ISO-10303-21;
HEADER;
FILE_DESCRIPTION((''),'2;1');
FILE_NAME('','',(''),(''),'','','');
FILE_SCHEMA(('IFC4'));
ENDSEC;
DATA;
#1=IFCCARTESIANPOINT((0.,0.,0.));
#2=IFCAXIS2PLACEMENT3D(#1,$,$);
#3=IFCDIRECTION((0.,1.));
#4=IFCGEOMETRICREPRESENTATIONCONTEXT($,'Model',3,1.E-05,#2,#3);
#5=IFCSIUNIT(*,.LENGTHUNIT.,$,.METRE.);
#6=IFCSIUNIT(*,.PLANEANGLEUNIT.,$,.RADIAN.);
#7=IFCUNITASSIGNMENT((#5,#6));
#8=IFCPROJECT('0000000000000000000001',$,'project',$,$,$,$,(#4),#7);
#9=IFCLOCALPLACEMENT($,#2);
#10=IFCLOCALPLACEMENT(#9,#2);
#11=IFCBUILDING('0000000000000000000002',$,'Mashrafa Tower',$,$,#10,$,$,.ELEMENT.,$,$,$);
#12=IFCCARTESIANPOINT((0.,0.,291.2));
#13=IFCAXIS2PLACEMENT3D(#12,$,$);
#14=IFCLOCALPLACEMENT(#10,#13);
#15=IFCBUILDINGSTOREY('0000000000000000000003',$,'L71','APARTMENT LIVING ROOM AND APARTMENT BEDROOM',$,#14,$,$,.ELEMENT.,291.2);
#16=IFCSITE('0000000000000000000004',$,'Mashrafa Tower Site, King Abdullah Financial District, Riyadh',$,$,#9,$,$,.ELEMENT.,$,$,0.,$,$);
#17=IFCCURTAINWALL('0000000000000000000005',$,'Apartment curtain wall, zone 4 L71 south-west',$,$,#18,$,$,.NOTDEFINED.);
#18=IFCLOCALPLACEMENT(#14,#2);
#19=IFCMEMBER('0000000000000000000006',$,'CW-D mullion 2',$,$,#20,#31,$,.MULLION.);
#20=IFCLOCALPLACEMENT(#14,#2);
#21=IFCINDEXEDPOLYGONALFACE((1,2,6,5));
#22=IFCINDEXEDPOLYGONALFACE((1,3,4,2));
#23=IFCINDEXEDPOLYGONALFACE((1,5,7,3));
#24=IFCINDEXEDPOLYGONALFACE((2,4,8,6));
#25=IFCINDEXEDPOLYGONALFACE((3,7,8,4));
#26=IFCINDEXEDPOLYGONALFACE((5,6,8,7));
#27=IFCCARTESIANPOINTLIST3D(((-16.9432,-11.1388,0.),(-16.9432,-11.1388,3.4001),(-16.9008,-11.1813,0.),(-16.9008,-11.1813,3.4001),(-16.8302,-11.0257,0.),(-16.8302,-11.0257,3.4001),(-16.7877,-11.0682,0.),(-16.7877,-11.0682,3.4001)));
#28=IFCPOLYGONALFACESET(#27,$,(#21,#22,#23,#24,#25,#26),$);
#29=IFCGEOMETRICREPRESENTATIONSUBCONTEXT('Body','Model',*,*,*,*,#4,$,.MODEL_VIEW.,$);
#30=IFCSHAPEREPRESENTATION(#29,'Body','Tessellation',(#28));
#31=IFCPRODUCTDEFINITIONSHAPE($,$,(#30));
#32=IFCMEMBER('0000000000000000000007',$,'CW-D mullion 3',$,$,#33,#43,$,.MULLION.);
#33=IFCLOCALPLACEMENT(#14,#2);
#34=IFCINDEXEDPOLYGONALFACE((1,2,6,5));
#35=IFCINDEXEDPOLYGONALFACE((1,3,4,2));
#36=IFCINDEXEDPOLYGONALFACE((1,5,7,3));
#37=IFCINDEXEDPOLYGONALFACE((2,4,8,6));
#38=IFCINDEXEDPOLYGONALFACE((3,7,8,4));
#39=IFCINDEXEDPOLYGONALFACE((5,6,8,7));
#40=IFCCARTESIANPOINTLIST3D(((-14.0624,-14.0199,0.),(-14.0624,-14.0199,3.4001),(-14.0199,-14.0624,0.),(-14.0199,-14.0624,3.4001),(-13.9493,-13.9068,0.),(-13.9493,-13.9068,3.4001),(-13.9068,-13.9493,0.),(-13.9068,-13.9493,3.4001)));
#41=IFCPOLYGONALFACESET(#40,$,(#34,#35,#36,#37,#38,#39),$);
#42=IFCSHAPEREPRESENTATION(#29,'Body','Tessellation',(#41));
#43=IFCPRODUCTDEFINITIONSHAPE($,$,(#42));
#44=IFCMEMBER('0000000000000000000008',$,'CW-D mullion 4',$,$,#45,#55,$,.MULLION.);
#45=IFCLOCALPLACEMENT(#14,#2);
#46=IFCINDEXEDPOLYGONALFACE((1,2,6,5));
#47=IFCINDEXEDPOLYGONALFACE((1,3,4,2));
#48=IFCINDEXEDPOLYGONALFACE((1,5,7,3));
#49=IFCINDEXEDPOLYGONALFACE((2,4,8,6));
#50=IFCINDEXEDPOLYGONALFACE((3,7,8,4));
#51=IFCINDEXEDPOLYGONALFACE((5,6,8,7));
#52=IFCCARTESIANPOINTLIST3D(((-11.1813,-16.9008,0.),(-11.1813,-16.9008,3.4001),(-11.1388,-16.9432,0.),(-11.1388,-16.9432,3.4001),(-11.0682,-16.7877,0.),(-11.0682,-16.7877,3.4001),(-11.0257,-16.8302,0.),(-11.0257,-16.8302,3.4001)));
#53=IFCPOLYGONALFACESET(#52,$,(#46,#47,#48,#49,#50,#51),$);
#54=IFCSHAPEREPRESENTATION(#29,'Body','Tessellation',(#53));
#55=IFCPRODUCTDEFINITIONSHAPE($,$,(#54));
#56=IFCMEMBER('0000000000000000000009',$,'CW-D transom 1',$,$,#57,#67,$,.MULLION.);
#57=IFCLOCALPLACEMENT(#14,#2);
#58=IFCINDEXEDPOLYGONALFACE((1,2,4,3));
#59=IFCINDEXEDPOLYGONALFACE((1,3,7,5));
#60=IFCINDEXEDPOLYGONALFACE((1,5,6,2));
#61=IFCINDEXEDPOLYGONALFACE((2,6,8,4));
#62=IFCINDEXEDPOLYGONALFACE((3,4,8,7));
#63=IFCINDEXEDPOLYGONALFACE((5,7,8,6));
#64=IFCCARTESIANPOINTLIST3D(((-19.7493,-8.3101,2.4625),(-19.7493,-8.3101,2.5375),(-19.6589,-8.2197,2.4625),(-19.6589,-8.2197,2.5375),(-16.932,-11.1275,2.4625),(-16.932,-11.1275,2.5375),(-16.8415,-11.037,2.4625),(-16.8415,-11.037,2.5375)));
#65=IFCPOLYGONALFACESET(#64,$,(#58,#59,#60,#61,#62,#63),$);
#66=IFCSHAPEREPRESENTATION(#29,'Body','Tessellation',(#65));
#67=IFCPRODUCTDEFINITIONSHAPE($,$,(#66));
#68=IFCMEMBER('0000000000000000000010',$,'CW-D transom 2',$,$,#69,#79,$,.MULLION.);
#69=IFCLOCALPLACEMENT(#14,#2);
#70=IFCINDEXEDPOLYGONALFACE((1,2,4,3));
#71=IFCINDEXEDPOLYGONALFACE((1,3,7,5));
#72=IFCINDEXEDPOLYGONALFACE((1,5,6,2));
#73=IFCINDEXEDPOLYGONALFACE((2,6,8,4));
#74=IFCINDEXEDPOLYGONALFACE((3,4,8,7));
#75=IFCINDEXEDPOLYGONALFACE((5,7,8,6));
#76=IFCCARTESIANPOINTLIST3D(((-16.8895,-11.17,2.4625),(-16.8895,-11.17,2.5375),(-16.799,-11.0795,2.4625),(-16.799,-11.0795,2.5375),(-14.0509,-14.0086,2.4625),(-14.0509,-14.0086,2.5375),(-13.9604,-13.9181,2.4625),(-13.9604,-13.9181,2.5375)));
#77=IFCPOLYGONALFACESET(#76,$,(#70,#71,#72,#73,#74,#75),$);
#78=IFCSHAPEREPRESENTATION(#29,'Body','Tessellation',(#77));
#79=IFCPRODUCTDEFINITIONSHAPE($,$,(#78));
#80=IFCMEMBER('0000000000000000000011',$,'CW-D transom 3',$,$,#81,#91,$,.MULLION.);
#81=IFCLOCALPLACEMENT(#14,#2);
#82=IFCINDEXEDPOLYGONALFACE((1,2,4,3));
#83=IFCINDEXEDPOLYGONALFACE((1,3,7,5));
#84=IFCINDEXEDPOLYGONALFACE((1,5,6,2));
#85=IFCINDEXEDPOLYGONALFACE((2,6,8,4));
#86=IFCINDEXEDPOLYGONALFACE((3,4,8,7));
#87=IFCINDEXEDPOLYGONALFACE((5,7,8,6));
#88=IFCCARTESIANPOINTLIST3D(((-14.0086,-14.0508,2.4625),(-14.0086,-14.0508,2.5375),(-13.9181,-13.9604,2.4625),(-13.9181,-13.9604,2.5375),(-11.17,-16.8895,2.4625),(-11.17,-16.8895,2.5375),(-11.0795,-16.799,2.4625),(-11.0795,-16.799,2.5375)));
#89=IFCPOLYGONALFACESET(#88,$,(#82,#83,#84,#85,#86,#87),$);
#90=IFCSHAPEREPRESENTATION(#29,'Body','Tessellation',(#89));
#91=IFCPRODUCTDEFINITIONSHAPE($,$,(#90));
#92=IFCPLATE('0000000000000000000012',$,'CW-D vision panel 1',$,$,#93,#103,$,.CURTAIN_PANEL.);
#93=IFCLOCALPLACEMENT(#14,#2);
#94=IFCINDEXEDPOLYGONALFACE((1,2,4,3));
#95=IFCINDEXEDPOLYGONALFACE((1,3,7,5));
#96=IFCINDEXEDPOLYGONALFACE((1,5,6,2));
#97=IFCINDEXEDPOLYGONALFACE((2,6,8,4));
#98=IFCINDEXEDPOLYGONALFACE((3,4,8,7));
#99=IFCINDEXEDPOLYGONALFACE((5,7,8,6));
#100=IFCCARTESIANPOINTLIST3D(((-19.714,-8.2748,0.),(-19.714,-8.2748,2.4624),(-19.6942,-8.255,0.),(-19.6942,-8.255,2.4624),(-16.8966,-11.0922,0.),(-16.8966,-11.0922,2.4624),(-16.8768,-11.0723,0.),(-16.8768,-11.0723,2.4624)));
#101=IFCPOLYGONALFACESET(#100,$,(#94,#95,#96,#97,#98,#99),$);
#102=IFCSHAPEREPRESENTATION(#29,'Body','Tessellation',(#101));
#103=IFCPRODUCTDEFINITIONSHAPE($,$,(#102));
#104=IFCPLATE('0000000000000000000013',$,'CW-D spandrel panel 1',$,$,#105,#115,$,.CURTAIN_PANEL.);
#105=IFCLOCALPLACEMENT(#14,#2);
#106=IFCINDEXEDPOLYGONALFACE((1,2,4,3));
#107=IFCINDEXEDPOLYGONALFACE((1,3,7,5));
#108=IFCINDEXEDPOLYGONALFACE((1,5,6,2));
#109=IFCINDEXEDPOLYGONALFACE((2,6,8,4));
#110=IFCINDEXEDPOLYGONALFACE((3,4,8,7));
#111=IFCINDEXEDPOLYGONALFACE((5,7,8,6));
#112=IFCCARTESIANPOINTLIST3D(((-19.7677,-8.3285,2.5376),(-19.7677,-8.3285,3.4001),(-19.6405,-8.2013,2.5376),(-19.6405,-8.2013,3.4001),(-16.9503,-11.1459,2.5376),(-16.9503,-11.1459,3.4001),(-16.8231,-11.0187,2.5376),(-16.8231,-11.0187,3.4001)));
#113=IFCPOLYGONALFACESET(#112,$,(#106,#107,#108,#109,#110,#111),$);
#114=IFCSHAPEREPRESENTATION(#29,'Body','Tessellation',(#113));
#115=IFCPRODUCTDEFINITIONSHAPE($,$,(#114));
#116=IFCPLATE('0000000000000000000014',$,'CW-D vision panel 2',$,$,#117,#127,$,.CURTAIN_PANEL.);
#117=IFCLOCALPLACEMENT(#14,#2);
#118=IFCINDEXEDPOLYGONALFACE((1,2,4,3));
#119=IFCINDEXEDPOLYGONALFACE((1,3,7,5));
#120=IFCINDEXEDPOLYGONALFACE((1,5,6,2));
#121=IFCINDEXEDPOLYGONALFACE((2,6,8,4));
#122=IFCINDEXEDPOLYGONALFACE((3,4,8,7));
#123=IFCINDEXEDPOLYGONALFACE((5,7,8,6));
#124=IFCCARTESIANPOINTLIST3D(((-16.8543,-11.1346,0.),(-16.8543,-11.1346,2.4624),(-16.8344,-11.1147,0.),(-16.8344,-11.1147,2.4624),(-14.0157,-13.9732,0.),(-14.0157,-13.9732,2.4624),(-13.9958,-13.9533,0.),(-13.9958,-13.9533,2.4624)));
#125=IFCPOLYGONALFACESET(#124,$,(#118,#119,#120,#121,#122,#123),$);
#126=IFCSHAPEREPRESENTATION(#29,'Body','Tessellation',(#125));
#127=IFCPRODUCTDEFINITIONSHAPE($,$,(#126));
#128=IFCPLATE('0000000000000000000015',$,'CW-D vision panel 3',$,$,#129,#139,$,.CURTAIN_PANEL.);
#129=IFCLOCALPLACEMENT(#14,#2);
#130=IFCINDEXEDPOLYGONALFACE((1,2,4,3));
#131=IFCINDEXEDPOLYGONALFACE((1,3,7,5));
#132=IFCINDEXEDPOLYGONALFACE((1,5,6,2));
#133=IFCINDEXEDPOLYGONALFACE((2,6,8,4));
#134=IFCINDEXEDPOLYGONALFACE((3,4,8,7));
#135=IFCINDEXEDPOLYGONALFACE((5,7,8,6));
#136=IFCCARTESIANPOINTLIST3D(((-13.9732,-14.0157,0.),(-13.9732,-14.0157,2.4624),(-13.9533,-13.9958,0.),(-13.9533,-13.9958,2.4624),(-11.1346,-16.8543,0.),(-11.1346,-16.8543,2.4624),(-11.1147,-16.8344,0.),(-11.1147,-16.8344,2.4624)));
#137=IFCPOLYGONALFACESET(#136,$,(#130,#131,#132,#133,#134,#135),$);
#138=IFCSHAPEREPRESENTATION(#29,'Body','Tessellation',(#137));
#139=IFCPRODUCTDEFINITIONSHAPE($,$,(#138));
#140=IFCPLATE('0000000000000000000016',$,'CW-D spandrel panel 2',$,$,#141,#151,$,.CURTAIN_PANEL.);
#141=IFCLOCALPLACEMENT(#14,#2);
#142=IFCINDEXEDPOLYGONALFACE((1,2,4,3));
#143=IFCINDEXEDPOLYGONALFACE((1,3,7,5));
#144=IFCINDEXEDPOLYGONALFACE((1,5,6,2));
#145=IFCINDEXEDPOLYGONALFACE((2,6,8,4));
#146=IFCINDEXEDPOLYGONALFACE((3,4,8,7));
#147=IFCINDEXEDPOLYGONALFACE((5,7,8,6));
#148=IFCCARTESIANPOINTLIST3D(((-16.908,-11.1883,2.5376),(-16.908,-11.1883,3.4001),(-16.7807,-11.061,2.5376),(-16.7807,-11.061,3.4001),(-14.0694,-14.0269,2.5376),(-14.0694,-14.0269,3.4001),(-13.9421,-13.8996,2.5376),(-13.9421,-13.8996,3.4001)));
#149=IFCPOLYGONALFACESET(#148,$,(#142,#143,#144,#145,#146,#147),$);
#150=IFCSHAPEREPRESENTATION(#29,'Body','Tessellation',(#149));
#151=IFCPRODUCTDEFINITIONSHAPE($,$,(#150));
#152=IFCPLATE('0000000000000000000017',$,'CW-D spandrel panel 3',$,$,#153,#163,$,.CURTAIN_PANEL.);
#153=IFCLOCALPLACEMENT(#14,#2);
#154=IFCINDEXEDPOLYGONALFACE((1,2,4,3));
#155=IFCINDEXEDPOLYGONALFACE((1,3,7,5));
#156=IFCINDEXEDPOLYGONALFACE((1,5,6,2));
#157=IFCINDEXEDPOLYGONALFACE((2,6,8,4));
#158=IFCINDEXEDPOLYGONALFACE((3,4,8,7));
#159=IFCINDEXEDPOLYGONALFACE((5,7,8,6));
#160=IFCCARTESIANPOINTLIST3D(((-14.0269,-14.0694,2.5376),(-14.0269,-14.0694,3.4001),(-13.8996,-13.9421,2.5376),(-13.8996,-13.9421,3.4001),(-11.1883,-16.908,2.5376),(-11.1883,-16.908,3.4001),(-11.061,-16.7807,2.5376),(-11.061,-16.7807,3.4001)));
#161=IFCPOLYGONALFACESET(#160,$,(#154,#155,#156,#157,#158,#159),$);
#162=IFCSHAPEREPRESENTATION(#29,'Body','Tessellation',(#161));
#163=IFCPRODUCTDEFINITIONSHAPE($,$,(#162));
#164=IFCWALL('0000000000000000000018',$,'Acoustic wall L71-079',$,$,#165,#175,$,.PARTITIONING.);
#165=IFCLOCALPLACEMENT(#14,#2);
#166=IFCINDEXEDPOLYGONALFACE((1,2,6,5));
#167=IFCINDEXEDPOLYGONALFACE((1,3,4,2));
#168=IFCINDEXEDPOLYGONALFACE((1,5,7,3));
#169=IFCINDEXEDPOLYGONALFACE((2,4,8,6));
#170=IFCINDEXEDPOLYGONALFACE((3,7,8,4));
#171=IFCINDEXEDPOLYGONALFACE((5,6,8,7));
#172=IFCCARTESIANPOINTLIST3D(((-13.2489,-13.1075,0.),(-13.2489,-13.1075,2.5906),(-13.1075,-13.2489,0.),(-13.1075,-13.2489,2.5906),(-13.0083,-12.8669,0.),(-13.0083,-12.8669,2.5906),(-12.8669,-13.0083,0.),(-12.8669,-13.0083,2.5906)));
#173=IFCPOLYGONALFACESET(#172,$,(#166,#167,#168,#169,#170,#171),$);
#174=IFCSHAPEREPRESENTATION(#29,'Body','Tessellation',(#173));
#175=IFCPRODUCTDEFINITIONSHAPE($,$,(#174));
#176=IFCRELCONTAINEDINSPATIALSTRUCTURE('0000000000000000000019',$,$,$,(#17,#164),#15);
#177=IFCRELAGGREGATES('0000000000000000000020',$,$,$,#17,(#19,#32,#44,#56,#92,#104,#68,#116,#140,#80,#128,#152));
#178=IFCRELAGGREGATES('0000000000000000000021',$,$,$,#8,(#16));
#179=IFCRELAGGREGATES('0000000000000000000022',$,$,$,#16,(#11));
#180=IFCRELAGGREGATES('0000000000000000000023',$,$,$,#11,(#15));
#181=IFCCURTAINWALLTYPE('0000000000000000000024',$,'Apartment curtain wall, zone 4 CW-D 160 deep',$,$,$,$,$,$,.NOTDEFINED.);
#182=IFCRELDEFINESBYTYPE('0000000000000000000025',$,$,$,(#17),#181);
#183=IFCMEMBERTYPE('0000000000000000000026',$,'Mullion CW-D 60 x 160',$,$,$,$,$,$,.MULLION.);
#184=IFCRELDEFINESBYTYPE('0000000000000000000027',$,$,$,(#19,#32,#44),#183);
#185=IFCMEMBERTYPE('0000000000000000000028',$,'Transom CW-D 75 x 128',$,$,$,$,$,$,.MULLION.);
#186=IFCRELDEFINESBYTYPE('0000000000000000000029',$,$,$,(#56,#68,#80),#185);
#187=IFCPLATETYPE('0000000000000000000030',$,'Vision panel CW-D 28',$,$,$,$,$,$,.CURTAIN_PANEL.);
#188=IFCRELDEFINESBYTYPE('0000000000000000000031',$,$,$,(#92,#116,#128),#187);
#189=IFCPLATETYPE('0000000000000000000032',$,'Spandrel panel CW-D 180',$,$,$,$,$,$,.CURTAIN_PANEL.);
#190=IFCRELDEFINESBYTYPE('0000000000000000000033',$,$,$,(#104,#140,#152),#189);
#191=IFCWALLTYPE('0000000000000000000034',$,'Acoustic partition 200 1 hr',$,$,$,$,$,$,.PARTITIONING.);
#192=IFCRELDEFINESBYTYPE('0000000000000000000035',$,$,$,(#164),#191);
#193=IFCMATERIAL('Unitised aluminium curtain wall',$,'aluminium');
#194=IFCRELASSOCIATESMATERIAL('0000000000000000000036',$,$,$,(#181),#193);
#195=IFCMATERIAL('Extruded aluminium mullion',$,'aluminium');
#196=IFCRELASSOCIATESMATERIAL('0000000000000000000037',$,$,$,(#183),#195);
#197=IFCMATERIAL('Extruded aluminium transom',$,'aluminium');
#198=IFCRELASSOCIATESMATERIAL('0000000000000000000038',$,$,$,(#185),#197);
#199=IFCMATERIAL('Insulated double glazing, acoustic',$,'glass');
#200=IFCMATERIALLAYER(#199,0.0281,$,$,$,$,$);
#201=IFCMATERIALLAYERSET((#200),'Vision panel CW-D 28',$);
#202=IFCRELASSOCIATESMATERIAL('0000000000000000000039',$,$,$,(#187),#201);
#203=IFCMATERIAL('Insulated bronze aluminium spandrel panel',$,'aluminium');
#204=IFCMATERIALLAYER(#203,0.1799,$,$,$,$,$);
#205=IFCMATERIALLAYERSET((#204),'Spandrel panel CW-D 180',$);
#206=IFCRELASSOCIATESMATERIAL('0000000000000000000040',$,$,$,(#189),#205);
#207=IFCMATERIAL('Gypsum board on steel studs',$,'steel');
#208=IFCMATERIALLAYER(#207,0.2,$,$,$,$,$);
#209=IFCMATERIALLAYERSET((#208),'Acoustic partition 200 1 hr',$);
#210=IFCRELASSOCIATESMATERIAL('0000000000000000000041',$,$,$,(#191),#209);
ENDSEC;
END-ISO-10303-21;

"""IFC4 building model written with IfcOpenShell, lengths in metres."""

from ifc_helpers import new_model, si_unit, direction, frame, frame_2d, origin, origin_2d, place, context, subcontext, project, spatial, rectangle, extrude, source, transform, mapped, material, layer, layer_set, material_profile, profile_set, type_object, type_shapes, element, aggregate, save


model = new_model("IFC4")

# Units and contexts
model_context = context("Model", 3, precision=1e-05, world=origin(), true_north=direction((0.0, 1.0)))
body_context = subcontext(model_context, "Body", "Model", "MODEL_VIEW")
ifc_project = project(units=[si_unit("LENGTHUNIT", "METRE"), si_unit("PLANEANGLEUNIT", "RADIAN")], contexts=[model_context])

# Site, building, storey
site_placement = place(None, origin())
site = spatial("IfcSite", under=ifc_project, at=site_placement, Name="Mashrafa Tower Site, King Abdullah Financial District, Riyadh", CompositionType="ELEMENT", RefElevation=0.0)
building_placement = place(site_placement, origin())
building = spatial("IfcBuilding", under=site, at=building_placement, Name="Mashrafa Tower", CompositionType="ELEMENT")
storey_placement = place(building_placement, frame((0.0, 0.0, 291.2)))
storey = spatial("IfcBuildingStorey", under=building, at=storey_placement, Name="L71", Description="APARTMENT LIVING ROOM AND APARTMENT BEDROOM", CompositionType="ELEMENT", Elevation=291.2)

# Curtain wall, members, plates
ifc_material_1 = material(Name="Unitised aluminium curtain wall", Category="aluminium")
curtain_wall_type = type_object("IfcCurtainWallType", Name="Apartment curtain wall, zone 4 CW-D 160 deep", PredefinedType="NOTDEFINED", material=ifc_material_1)
curtain_wall_placement = place(storey_placement, origin())
curtain_wall = element("IfcCurtainWall", 1, at=curtain_wall_placement, inside=storey, type_object=curtain_wall_type, Name="Apartment curtain wall, zone 4 L71 south-west", PredefinedType="NOTDEFINED")
ifc_material_2 = material(Name="Extruded aluminium mullion", Category="aluminium")
ifc_material_profile_1 = material_profile(ifc_material_2, rectangle(XDim=0.1599, YDim=0.0601, at=origin_2d()), Name="Mullion 60x160")
ifc_profile_set_1 = profile_set([ifc_material_profile_1], Name="Extruded aluminium mullion")
member_type_1 = type_object("IfcMemberType", Name="Mullion CW-D 60 x 160", PredefinedType="MULLION", material=ifc_profile_set_1)
shared_shape_1 = source(origin(), body_context, "Body", "SweptSolid", [
    extrude(rectangle(XDim=0.1599, YDim=0.0601, at=origin_2d()), origin(), (0.0, 0.0, 1.0), 3.4001),
])
type_shapes(member_type_1, [shared_shape_1])
member_1_placement = place(storey_placement, frame((-16.8655, -11.1035, 0.0), z_axis=(0.0, 0.0, 1.0), x_axis=(0.707107, 0.707107, 0.0)))
member_1 = element("IfcMember", 2, at=member_1_placement, type_object=member_type_1, Name="CW-D mullion 2", PredefinedType="MULLION", context=body_context, shape_type="MappedRepresentation", body=[
    mapped(shared_shape_1, transform((0.0, 0.0, 0.0))),
])
member_2_placement = place(storey_placement, frame((-13.9846, -13.9846, 0.0), z_axis=(0.0, 0.0, 1.0), x_axis=(0.707107, 0.707107, 0.0)))
member_2 = element("IfcMember", 3, at=member_2_placement, type_object=member_type_1, Name="CW-D mullion 3", PredefinedType="MULLION", context=body_context, shape_type="MappedRepresentation", body=[
    mapped(shared_shape_1, transform((0.0, 0.0, 0.0))),
])
member_3_placement = place(storey_placement, frame((-11.1035, -16.8655, 0.0), z_axis=(0.0, 0.0, 1.0), x_axis=(0.707107, 0.707107, 0.0)))
member_3 = element("IfcMember", 4, at=member_3_placement, type_object=member_type_1, Name="CW-D mullion 4", PredefinedType="MULLION", context=body_context, shape_type="MappedRepresentation", body=[
    mapped(shared_shape_1, transform((0.0, 0.0, 0.0))),
])
ifc_material_3 = material(Name="Extruded aluminium transom", Category="aluminium")
ifc_material_profile_2 = material_profile(ifc_material_3, rectangle(XDim=0.1279, YDim=0.075, at=origin_2d()), Name="Transom 75x128")
ifc_profile_set_2 = profile_set([ifc_material_profile_2], Name="Extruded aluminium transom")
member_type_2 = type_object("IfcMemberType", Name="Transom CW-D 75 x 128", PredefinedType="MULLION", material=ifc_profile_set_2)
shared_shape_2 = source(origin(), body_context, "Body", "SweptSolid", [
    extrude(rectangle(XDim=0.1279, YDim=0.075, at=origin_2d()), origin(), (0.0, 0.0, 1.0), 3.9844),
])
member_4_placement = place(storey_placement, frame((-19.7041, -8.2649, 2.5), z_axis=(0.707107, -0.707107, 0.0), x_axis=(0.707107, 0.707107, 0.0)))
member_4 = element("IfcMember", 5, at=member_4_placement, type_object=member_type_2, Name="CW-D transom 1", PredefinedType="MULLION", context=body_context, shape_type="MappedRepresentation", body=[
    mapped(shared_shape_2, transform((0.0, 0.0, 0.0))),
])
shared_shape_3 = source(origin(), body_context, "Body", "SweptSolid", [
    extrude(rectangle(XDim=0.1279, YDim=0.075, at=origin_2d()), origin(), (0.0, 0.0, 1.0), 4.0144),
])
type_shapes(member_type_2, [shared_shape_2, shared_shape_3])
member_5_placement = place(storey_placement, frame((-16.8442, -11.1248, 2.5), z_axis=(0.707107, -0.707107, 0.0), x_axis=(0.707107, 0.707107, 0.0)))
member_5 = element("IfcMember", 6, at=member_5_placement, type_object=member_type_2, Name="CW-D transom 2", PredefinedType="MULLION", context=body_context, shape_type="MappedRepresentation", body=[
    mapped(shared_shape_3, transform((0.0, 0.0, 0.0))),
])
member_6_placement = place(storey_placement, frame((-13.9634, -14.0056, 2.5), z_axis=(0.707107, -0.707107, 0.0), x_axis=(0.707107, 0.707107, 0.0)))
member_6 = element("IfcMember", 7, at=member_6_placement, type_object=member_type_2, Name="CW-D transom 3", PredefinedType="MULLION", context=body_context, shape_type="MappedRepresentation", body=[
    mapped(shared_shape_3, transform((0.0, 0.0, 0.0))),
])
ifc_material_4 = material(Name="Insulated double glazing, acoustic", Category="glass")
ifc_layer_1 = layer(ifc_material_4, 0.0281)
ifc_layer_set_1 = layer_set([ifc_layer_1], Name="Vision panel CW-D 28")
plate_type_1 = type_object("IfcPlateType", Name="Vision panel CW-D 28", PredefinedType="CURTAIN_PANEL", material=ifc_layer_set_1)
shared_shape_4 = source(origin(), body_context, "Body", "SweptSolid", [
    extrude(rectangle(XDim=3.9844, YDim=0.0281, at=origin_2d()), origin(), (0.0, 0.0, 1.0), 2.4624),
])
plate_1_placement = place(storey_placement, frame((-18.2954, -9.6736, 0.0), z_axis=(0.0, 0.0, 1.0), x_axis=(0.707107, -0.707107, 0.0)))
plate_1 = element("IfcPlate", 8, at=plate_1_placement, type_object=plate_type_1, Name="CW-D vision panel 1", PredefinedType="CURTAIN_PANEL", context=body_context, shape_type="MappedRepresentation", body=[
    mapped(shared_shape_4, transform((0.0, 0.0, 0.0))),
])
ifc_material_5 = material(Name="Insulated bronze aluminium spandrel panel", Category="aluminium")
ifc_layer_2 = layer(ifc_material_5, 0.1799)
ifc_layer_set_2 = layer_set([ifc_layer_2], Name="Spandrel panel CW-D 180")
plate_type_2 = type_object("IfcPlateType", Name="Spandrel panel CW-D 180", PredefinedType="CURTAIN_PANEL", material=ifc_layer_set_2)
shared_shape_5 = source(origin(), body_context, "Body", "SweptSolid", [
    extrude(rectangle(XDim=3.9844, YDim=0.1799, at=origin_2d()), origin(), (0.0, 0.0, 1.0), 0.8625),
])
plate_2_placement = place(storey_placement, frame((-18.2954, -9.6736, 2.5376), z_axis=(0.0, 0.0, 1.0), x_axis=(0.707107, -0.707107, 0.0)))
plate_2 = element("IfcPlate", 9, at=plate_2_placement, type_object=plate_type_2, Name="CW-D spandrel panel 1", PredefinedType="CURTAIN_PANEL", context=body_context, shape_type="MappedRepresentation", body=[
    mapped(shared_shape_5, transform((0.0, 0.0, 0.0))),
])
shared_shape_6 = source(origin(), body_context, "Body", "SweptSolid", [
    extrude(rectangle(XDim=4.0144, YDim=0.0281, at=origin_2d()), origin(), (0.0, 0.0, 1.0), 2.4624),
])
type_shapes(plate_type_1, [shared_shape_4, shared_shape_6])
plate_3_placement = place(storey_placement, frame((-15.425, -12.5439, 0.0), z_axis=(0.0, 0.0, 1.0), x_axis=(0.707107, -0.707107, 0.0)))
plate_3 = element("IfcPlate", 10, at=plate_3_placement, type_object=plate_type_1, Name="CW-D vision panel 2", PredefinedType="CURTAIN_PANEL", context=body_context, shape_type="MappedRepresentation", body=[
    mapped(shared_shape_6, transform((0.0, 0.0, 0.0))),
])
plate_4_placement = place(storey_placement, frame((-12.5439, -15.425, 0.0), z_axis=(0.0, 0.0, 1.0), x_axis=(0.707107, -0.707107, 0.0)))
plate_4 = element("IfcPlate", 11, at=plate_4_placement, type_object=plate_type_1, Name="CW-D vision panel 3", PredefinedType="CURTAIN_PANEL", context=body_context, shape_type="MappedRepresentation", body=[
    mapped(shared_shape_6, transform((0.0, 0.0, 0.0))),
])
shared_shape_7 = source(origin(), body_context, "Body", "SweptSolid", [
    extrude(rectangle(XDim=4.0144, YDim=0.1799, at=origin_2d()), origin(), (0.0, 0.0, 1.0), 0.8625),
])
type_shapes(plate_type_2, [shared_shape_5, shared_shape_7])
plate_5_placement = place(storey_placement, frame((-15.425, -12.5439, 2.5376), z_axis=(0.0, 0.0, 1.0), x_axis=(0.707107, -0.707107, 0.0)))
plate_5 = element("IfcPlate", 12, at=plate_5_placement, type_object=plate_type_2, Name="CW-D spandrel panel 2", PredefinedType="CURTAIN_PANEL", context=body_context, shape_type="MappedRepresentation", body=[
    mapped(shared_shape_7, transform((0.0, 0.0, 0.0))),
])
plate_6_placement = place(storey_placement, frame((-12.5439, -15.425, 2.5376), z_axis=(0.0, 0.0, 1.0), x_axis=(0.707107, -0.707107, 0.0)))
plate_6 = element("IfcPlate", 13, at=plate_6_placement, type_object=plate_type_2, Name="CW-D spandrel panel 3", PredefinedType="CURTAIN_PANEL", context=body_context, shape_type="MappedRepresentation", body=[
    mapped(shared_shape_7, transform((0.0, 0.0, 0.0))),
])
aggregate(curtain_wall, [member_1, member_2, member_3, member_4, plate_1, plate_2, member_5, plate_3, plate_5, member_6, plate_4, plate_6])

# Wall
ifc_material_6 = material(Name="Gypsum board on steel studs", Category="steel")
ifc_layer_3 = layer(ifc_material_6, 0.2)
ifc_layer_set_3 = layer_set([ifc_layer_3], Name="Acoustic partition 200 1 hr")
wall_type_1 = type_object("IfcWallType", Name="Acoustic partition 200 1 hr", PredefinedType="PARTITIONING", material=ifc_layer_set_3)
wall_1_placement = place(storey_placement, frame((-13.1782, -13.1782, 0.0), z_axis=(0.0, 0.0, 1.0), x_axis=(0.707107, 0.707107, 0.0)))
element("IfcWall", 14, at=wall_1_placement, inside=storey, type_object=wall_type_1, Name="Acoustic wall L71-079", PredefinedType="PARTITIONING", context=body_context, shape_type="SweptSolid", body=[
    extrude(rectangle(XDim=0.3403, YDim=0.2, at=frame_2d((0.1702, 0.0))), origin(), (0.0, 0.0, 1.0), 2.5906),
])

save(model, "model.ifc")
